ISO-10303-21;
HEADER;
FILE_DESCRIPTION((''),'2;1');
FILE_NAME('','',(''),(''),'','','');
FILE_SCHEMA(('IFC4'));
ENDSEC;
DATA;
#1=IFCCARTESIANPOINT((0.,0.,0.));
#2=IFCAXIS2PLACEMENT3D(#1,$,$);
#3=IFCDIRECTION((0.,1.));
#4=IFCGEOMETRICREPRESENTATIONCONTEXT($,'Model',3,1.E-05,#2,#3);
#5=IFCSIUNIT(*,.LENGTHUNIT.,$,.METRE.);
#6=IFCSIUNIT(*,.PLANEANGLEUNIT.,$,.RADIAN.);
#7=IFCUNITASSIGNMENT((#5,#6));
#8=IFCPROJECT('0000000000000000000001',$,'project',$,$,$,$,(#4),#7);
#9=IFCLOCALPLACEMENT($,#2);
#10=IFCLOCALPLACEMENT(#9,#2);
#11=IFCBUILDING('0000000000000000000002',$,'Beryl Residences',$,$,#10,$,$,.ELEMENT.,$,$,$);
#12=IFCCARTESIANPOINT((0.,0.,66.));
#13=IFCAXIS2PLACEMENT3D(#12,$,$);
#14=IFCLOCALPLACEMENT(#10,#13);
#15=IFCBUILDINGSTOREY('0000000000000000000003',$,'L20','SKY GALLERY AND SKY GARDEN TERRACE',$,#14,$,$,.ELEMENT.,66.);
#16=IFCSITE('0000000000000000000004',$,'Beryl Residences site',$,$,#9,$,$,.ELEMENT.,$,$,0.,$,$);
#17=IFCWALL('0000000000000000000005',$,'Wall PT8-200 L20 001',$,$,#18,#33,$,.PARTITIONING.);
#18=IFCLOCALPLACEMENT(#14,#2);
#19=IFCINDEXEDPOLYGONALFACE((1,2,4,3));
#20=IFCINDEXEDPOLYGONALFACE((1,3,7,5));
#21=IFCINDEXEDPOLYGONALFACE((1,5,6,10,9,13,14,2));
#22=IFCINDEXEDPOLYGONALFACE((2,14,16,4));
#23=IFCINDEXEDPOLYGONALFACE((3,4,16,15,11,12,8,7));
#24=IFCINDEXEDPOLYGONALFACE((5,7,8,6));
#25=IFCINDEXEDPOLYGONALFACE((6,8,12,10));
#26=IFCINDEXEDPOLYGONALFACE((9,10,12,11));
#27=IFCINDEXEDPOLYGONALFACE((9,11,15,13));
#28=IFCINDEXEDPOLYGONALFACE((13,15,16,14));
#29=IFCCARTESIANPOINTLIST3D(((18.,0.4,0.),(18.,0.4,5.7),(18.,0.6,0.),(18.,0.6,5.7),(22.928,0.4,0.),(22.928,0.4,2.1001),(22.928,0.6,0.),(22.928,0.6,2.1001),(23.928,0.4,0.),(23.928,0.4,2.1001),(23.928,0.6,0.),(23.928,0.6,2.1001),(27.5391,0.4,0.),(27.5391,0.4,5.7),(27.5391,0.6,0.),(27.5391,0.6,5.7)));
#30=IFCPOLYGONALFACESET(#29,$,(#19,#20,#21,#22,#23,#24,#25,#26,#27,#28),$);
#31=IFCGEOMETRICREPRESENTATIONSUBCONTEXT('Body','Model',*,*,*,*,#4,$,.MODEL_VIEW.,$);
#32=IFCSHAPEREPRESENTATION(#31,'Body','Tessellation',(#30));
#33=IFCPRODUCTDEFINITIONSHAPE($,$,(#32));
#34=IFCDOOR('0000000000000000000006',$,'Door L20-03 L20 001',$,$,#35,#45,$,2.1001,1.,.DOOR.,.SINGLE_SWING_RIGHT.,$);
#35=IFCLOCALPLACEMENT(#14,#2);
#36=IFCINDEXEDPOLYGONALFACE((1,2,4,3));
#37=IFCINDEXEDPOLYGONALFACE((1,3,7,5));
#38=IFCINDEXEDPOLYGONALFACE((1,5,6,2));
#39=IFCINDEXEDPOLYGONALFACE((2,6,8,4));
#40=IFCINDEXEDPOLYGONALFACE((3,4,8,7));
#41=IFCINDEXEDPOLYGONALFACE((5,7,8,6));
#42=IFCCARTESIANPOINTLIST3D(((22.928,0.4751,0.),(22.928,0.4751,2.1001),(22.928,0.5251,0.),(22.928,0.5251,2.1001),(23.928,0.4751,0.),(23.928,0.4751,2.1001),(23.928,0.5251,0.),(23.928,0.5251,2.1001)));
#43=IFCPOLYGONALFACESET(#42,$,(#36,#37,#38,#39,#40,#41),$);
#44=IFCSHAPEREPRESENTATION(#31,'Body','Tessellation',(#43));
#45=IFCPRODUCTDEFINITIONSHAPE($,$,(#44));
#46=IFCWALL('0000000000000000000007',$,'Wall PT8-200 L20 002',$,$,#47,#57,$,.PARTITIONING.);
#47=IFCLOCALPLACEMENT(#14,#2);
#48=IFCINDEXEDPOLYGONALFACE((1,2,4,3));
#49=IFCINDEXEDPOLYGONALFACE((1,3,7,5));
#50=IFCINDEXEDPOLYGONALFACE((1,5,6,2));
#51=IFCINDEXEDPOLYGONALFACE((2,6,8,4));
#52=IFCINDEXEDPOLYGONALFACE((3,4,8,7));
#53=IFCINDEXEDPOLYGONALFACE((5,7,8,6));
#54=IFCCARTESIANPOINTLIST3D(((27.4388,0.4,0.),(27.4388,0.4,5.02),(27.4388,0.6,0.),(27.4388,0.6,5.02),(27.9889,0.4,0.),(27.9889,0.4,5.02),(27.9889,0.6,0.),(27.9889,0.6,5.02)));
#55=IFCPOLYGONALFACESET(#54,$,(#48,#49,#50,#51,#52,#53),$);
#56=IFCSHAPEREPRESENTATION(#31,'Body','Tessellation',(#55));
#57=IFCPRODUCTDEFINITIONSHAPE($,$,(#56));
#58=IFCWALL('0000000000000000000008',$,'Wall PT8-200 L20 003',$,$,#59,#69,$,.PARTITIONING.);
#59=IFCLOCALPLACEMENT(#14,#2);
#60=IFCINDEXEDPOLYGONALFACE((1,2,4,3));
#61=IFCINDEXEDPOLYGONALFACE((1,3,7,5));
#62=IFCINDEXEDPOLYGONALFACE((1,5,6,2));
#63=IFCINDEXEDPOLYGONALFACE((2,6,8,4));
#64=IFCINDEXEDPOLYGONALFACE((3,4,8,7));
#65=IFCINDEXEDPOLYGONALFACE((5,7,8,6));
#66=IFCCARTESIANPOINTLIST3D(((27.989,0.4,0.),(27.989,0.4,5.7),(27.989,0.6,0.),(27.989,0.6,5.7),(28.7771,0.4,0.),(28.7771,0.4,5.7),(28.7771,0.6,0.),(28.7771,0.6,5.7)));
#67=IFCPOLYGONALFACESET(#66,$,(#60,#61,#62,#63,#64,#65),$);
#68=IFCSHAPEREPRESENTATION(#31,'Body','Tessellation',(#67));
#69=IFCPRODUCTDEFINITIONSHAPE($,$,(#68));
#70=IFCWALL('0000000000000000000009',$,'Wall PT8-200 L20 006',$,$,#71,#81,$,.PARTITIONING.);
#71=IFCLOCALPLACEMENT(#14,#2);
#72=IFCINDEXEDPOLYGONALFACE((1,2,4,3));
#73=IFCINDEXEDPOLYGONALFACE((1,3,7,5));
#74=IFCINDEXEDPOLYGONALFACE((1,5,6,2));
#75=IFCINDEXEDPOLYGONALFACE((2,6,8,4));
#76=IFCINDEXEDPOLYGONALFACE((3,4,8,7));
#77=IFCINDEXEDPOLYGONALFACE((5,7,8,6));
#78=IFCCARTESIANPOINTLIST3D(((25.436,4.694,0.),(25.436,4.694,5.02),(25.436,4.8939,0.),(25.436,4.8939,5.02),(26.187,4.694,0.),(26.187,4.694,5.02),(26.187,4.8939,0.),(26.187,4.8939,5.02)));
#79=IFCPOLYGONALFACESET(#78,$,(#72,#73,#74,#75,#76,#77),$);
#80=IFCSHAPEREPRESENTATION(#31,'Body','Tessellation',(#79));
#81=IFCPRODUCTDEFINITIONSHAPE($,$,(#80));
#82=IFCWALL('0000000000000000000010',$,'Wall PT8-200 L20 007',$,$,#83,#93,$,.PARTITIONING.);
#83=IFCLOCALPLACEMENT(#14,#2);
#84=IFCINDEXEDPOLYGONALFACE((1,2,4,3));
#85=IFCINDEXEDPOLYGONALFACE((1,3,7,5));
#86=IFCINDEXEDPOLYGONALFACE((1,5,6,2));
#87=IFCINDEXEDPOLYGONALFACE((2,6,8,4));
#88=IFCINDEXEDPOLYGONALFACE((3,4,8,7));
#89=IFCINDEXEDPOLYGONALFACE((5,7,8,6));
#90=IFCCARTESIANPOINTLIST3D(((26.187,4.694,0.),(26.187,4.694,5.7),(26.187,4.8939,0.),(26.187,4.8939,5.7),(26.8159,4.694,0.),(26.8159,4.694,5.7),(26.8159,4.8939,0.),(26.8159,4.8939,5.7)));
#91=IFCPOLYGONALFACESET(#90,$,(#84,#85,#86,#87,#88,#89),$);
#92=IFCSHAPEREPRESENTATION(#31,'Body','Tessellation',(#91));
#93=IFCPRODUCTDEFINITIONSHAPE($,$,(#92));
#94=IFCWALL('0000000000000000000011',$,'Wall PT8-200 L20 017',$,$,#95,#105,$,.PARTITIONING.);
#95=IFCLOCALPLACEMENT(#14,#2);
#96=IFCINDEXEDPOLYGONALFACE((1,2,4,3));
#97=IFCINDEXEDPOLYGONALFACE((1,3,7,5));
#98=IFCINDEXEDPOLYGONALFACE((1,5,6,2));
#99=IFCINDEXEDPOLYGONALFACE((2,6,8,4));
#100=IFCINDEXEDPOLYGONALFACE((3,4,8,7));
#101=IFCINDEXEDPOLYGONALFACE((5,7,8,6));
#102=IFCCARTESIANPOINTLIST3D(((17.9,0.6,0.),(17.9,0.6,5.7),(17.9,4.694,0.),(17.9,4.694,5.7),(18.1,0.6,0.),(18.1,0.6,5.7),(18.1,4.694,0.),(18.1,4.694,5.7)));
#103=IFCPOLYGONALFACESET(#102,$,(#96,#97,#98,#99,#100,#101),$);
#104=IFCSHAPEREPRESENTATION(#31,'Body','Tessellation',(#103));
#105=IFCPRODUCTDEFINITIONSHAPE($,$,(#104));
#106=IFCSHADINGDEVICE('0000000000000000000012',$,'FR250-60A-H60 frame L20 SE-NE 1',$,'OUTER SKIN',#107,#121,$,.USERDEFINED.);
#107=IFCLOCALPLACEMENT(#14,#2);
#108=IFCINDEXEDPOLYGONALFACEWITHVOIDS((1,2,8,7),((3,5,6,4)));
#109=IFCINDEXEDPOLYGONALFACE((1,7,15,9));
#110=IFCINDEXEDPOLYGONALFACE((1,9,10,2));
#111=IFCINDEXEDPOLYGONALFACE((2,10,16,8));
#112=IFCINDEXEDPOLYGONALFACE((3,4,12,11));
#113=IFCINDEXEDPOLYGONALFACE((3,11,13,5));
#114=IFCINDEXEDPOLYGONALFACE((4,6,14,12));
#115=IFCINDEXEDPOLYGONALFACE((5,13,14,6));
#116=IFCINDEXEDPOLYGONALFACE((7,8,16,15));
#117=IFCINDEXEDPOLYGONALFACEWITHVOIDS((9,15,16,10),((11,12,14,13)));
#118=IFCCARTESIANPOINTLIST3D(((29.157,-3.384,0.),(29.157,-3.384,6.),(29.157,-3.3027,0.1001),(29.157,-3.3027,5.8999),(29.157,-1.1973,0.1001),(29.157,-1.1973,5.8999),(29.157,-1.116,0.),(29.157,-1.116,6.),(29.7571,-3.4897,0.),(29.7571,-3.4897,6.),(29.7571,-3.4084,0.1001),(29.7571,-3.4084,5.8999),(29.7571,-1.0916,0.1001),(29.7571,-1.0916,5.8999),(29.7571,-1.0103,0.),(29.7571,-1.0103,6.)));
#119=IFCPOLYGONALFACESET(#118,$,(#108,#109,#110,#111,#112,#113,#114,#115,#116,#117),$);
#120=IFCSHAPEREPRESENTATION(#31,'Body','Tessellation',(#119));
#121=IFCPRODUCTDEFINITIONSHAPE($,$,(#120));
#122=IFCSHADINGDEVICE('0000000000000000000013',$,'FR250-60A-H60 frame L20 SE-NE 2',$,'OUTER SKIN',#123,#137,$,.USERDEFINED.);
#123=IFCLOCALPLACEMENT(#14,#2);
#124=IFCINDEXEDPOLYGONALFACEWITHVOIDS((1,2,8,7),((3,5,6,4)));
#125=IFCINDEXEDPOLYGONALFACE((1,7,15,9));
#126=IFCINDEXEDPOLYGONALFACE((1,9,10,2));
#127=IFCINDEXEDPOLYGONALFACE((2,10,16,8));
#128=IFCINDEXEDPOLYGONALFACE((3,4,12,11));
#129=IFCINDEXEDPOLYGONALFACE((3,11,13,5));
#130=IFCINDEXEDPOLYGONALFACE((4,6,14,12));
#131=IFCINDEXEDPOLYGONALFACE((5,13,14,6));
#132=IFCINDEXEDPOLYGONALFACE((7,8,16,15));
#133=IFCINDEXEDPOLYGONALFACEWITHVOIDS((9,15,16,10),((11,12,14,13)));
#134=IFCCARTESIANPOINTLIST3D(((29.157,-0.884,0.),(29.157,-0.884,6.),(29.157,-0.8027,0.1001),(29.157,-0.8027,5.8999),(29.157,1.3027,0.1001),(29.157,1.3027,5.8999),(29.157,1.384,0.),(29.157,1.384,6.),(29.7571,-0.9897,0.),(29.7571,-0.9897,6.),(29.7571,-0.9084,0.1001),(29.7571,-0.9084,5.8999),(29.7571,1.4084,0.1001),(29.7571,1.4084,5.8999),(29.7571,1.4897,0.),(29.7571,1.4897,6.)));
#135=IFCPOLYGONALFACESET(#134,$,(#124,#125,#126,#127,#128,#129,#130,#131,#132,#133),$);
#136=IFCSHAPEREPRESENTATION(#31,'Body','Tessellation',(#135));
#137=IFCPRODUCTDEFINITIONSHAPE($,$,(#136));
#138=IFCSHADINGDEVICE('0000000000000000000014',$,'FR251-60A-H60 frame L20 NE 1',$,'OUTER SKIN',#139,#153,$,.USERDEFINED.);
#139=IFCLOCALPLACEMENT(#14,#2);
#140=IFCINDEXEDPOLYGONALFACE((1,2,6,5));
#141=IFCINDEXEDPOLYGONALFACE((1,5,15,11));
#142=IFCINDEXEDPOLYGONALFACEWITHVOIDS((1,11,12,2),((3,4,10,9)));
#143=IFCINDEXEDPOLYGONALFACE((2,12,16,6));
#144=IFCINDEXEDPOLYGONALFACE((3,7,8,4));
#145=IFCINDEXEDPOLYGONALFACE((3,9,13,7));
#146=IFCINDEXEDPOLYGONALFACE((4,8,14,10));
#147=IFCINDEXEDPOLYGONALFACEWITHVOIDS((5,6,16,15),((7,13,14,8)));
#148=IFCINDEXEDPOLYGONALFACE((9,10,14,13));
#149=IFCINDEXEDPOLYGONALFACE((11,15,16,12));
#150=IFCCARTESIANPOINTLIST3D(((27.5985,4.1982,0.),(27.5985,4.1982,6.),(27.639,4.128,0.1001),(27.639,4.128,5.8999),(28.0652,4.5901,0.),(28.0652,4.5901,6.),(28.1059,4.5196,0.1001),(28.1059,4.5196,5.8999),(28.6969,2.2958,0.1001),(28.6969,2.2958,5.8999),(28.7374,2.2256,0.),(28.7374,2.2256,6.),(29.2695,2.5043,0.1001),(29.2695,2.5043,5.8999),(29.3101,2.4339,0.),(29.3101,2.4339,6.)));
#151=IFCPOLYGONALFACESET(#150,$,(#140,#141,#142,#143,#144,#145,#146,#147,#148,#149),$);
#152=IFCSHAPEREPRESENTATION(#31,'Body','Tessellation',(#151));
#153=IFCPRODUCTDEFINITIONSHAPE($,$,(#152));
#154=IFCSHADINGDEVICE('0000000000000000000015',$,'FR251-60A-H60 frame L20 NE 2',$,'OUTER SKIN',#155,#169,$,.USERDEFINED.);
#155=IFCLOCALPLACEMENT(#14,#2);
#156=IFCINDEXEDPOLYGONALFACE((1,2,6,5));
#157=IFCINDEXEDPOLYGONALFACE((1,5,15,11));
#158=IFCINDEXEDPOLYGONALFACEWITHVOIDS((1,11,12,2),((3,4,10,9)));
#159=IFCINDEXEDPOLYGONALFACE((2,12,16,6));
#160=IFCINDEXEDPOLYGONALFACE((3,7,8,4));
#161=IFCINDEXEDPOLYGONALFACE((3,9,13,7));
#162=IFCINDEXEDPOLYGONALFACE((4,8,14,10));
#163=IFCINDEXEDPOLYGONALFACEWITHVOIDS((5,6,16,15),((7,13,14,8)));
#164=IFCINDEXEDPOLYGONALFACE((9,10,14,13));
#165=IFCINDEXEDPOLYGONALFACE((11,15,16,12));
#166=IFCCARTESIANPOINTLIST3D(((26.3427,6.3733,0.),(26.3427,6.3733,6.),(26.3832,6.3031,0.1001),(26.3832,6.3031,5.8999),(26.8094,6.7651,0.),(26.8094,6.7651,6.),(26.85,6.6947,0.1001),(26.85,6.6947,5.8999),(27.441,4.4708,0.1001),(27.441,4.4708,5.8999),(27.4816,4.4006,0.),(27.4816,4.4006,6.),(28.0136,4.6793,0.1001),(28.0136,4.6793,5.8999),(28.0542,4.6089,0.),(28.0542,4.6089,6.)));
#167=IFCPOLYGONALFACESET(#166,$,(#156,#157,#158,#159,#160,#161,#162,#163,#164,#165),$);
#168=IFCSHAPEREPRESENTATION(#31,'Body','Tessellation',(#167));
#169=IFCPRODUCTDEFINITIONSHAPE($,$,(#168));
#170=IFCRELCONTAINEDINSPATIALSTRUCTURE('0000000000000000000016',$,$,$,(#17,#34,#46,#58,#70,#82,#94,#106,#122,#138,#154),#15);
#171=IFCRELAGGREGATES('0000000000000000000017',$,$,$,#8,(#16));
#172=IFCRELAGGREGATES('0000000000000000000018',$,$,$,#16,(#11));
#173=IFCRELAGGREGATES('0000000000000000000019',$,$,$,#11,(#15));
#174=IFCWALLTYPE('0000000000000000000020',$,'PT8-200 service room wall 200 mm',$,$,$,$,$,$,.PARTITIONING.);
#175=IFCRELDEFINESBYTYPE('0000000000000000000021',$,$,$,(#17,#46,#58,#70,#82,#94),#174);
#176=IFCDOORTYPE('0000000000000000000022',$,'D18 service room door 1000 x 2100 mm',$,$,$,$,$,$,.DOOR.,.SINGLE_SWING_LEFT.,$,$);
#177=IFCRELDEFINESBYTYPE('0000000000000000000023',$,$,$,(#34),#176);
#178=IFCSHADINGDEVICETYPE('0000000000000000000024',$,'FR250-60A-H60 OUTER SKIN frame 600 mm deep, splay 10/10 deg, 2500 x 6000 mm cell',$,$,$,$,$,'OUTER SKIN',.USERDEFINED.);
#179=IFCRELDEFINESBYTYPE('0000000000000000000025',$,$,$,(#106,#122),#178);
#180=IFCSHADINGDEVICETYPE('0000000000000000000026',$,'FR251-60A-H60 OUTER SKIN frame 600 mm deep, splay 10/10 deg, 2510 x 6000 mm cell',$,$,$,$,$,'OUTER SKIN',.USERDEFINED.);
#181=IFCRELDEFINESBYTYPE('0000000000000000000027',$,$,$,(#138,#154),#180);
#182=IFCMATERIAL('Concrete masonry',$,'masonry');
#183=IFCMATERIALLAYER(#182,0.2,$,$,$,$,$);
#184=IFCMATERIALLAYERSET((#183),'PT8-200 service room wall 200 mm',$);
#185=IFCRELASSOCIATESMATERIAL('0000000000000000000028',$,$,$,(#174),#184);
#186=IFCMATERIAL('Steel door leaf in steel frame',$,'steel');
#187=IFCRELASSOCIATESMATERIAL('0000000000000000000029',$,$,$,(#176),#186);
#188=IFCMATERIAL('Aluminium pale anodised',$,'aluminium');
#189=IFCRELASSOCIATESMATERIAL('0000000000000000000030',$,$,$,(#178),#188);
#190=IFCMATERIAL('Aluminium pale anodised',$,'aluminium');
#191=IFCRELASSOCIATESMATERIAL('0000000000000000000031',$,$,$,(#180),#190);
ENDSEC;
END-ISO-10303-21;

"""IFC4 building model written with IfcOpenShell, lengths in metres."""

from ifc_helpers import new_model, entity, si_unit, direction, frame, frame_2d, origin, place, context, subcontext, project, spatial, rectangle, extrude, source, transform, mapped, material, layer, layer_set, type_object, type_shapes, element, fill, save


model = new_model("IFC4")

# Units and contexts
model_context = context("Model", 3, precision=1e-05, world=origin(), true_north=direction((0.0, 1.0)))
body_context = subcontext(model_context, "Body", "Model", "MODEL_VIEW")
ifc_project = project(units=[si_unit("LENGTHUNIT", "METRE"), si_unit("PLANEANGLEUNIT", "RADIAN")], contexts=[model_context])

# Site, building, storey
site_placement = place(None, origin())
site = spatial("IfcSite", under=ifc_project, at=site_placement, Name="Beryl Residences site", CompositionType="ELEMENT", RefElevation=0.0)
building_placement = place(site_placement, origin())
building = spatial("IfcBuilding", under=site, at=building_placement, Name="Beryl Residences", CompositionType="ELEMENT")
storey_placement = place(building_placement, frame((0.0, 0.0, 66.0)))
storey = spatial("IfcBuildingStorey", under=building, at=storey_placement, Name="L20", Description="SKY GALLERY AND SKY GARDEN TERRACE", CompositionType="ELEMENT", Elevation=66.0)

# Wall, opening, door
ifc_material_1 = material(Name="Concrete masonry", Category="masonry")
ifc_layer_1 = layer(ifc_material_1, 0.2)
ifc_layer_set_1 = layer_set([ifc_layer_1], Name="PT8-200 service room wall 200 mm")
wall_type_1 = type_object("IfcWallType", Name="PT8-200 service room wall 200 mm", PredefinedType="PARTITIONING", material=ifc_layer_set_1)
wall_1_placement = place(storey_placement, frame((18.0, 0.5, 0.0), z_axis=(0.0, 0.0, 1.0), x_axis=(1.0, 0.0, 0.0)))
wall_1 = element("IfcWall", 1, at=wall_1_placement, inside=storey, type_object=wall_type_1, Name="Wall PT8-200 L20 001", PredefinedType="PARTITIONING", context=body_context, shape_type="SweptSolid", body=[
    extrude(rectangle(XDim=9.5391, YDim=0.2, at=frame_2d((4.7695, 0.0))), origin(), (0.0, 0.0, 1.0), 5.7),
])
opening_placement = place(wall_1_placement, frame((5.928, 0.0, 0.0), z_axis=(0.0, 0.0, 1.0), x_axis=(-1.0, 0.0, 0.0)))
opening = element("IfcOpeningElement", 2, at=opening_placement, cuts=wall_1, PredefinedType="OPENING", context=body_context, shape_type="SweptSolid", body=[
    extrude(rectangle(XDim=1.0, YDim=2.1001, at=frame_2d((0.5, 1.05))), frame((0.0, 0.1099, 0.0), z_axis=(0.0, -1.0, 0.0), x_axis=(1.0, 0.0, 0.0)), (0.0, 0.0, 1.0), 0.22),
])
ifc_material_2 = material(Name="Steel door leaf in steel frame", Category="steel")
door_type = type_object("IfcDoorType", Name="D18 service room door 1000 x 2100 mm", OperationType="SINGLE_SWING_LEFT", PredefinedType="DOOR", material=ifc_material_2)
door_placement = place(opening_placement, origin())
door = element("IfcDoor", 3, at=door_placement, inside=storey, type_object=door_type, Name="Door L20-03 L20 001", OperationType="SINGLE_SWING_RIGHT", OverallHeight=2.1001, OverallWidth=1.0, PredefinedType="DOOR", context=body_context, shape_type="SweptSolid", body=[
    extrude(rectangle(XDim=1.0, YDim=2.1001, at=frame_2d((0.5, 1.05))), frame((0.0, 0.0249, 0.0), z_axis=(0.0, -1.0, 0.0), x_axis=(1.0, 0.0, 0.0)), (0.0, 0.0, 1.0), 0.05),
])
fill(opening, door)

# Walls
wall_2_placement = place(storey_placement, frame((27.439, 0.5, 0.0), z_axis=(0.0, 0.0, 1.0), x_axis=(1.0, 0.0, 0.0)))
element("IfcWall", 4, at=wall_2_placement, inside=storey, type_object=wall_type_1, Name="Wall PT8-200 L20 002", PredefinedType="PARTITIONING", context=body_context, shape_type="SweptSolid", body=[
    extrude(rectangle(XDim=0.55, YDim=0.2, at=frame_2d((0.2749, 0.0))), origin(), (0.0, 0.0, 1.0), 5.02),
])
wall_3_placement = place(storey_placement, frame((27.989, 0.5, 0.0), z_axis=(0.0, 0.0, 1.0), x_axis=(1.0, 0.0, 0.0)))
element("IfcWall", 5, at=wall_3_placement, inside=storey, type_object=wall_type_1, Name="Wall PT8-200 L20 003", PredefinedType="PARTITIONING", context=body_context, shape_type="SweptSolid", body=[
    extrude(rectangle(XDim=0.7881, YDim=0.2, at=frame_2d((0.394, 0.0))), origin(), (0.0, 0.0, 1.0), 5.7),
])
wall_4_placement = place(storey_placement, frame((25.436, 4.7939, 0.0), z_axis=(0.0, 0.0, 1.0), x_axis=(1.0, 0.0, 0.0)))
element("IfcWall", 6, at=wall_4_placement, inside=storey, type_object=wall_type_1, Name="Wall PT8-200 L20 006", PredefinedType="PARTITIONING", context=body_context, shape_type="SweptSolid", body=[
    extrude(rectangle(XDim=0.751, YDim=0.2, at=frame_2d((0.3755, 0.0))), origin(), (0.0, 0.0, 1.0), 5.02),
])
wall_5_placement = place(storey_placement, frame((26.187, 4.7939, 0.0), z_axis=(0.0, 0.0, 1.0), x_axis=(1.0, 0.0, 0.0)))
element("IfcWall", 7, at=wall_5_placement, inside=storey, type_object=wall_type_1, Name="Wall PT8-200 L20 007", PredefinedType="PARTITIONING", context=body_context, shape_type="SweptSolid", body=[
    extrude(rectangle(XDim=0.6289, YDim=0.2, at=frame_2d((0.3145, 0.0))), origin(), (0.0, 0.0, 1.0), 5.7),
])
wall_6_placement = place(storey_placement, frame((18.0, 0.6001, 0.0), z_axis=(0.0, 0.0, 1.0), x_axis=(0.0, 1.0, 0.0)))
element("IfcWall", 8, at=wall_6_placement, inside=storey, type_object=wall_type_1, Name="Wall PT8-200 L20 017", PredefinedType="PARTITIONING", context=body_context, shape_type="SweptSolid", body=[
    extrude(rectangle(XDim=4.094, YDim=0.2, at=frame_2d((2.0469, 0.0))), origin(), (0.0, 0.0, 1.0), 5.7),
])

# Shading devices
ifc_material_3 = material(Name="Aluminium pale anodised", Category="aluminium")
shading_device_type_1 = type_object("IfcShadingDeviceType", Name="FR250-60A-H60 OUTER SKIN frame 600 mm deep, splay 10/10 deg, 2500 x 6000 mm cell", ElementType="OUTER SKIN", PredefinedType="USERDEFINED", material=ifc_material_3)
cartesian_point_1 = entity("IfcCartesianPoint", [-1.134, 0.0])
cartesian_point_2 = entity("IfcCartesianPoint", [-1.0527, 0.1001])
cartesian_point_3 = entity("IfcCartesianPoint", [-1.2397, 0.0])
cartesian_point_4 = entity("IfcCartesianPoint", [-1.1584, 0.1001])
shared_shape_1 = source(origin(), body_context, "Body", "SweptSolid", [
    entity("IfcExtrudedAreaSolidTapered", entity("IfcArbitraryProfileDefWithVoids", "AREA", None, entity("IfcPolyline", [cartesian_point_1, entity("IfcCartesianPoint", [1.134, 0.0]), entity("IfcCartesianPoint", [1.134, 6.0]), entity("IfcCartesianPoint", [-1.134, 6.0]), cartesian_point_1]), [entity("IfcPolyline", [cartesian_point_2, entity("IfcCartesianPoint", [1.0527, 0.1001]), entity("IfcCartesianPoint", [1.0527, 5.8999]), entity("IfcCartesianPoint", [-1.0527, 5.8999]), cartesian_point_2])]), entity("IfcAxis2Placement3D", entity("IfcCartesianPoint", [0.0, 0.0, 0.0]), entity("IfcDirection", [0.0, 1.0, 0.0]), entity("IfcDirection", [-1.0, 0.0, 0.0])), entity("IfcDirection", [0.0, 0.0, 1.0]), 0.6001, entity("IfcArbitraryProfileDefWithVoids", "AREA", None, entity("IfcPolyline", [cartesian_point_3, entity("IfcCartesianPoint", [1.2397, 0.0]), entity("IfcCartesianPoint", [1.2397, 6.0]), entity("IfcCartesianPoint", [-1.2397, 6.0]), cartesian_point_3]), [entity("IfcPolyline", [cartesian_point_4, entity("IfcCartesianPoint", [1.1584, 0.1001]), entity("IfcCartesianPoint", [1.1584, 5.8999]), entity("IfcCartesianPoint", [-1.1584, 5.8999]), cartesian_point_4])])),
])
type_shapes(shading_device_type_1, [shared_shape_1])
for number, where, z_axis, x_axis, name in (
    (9, (29.157, -2.25, 0.0), (0.0, 0.0, 1.0), (0.0, -1.0, 0.0), "FR250-60A-H60 frame L20 SE-NE 1"),
    (10, (29.157, 0.25, 0.0), (0.0, 0.0, 1.0), (0.0, -1.0, 0.0), "FR250-60A-H60 frame L20 SE-NE 2"),
):
    element("IfcShadingDevice", number, at=place(storey_placement, frame(where, z_axis=z_axis, x_axis=x_axis)), inside=storey, type_object=shading_device_type_1, Name=name, ObjectType="OUTER SKIN", PredefinedType="USERDEFINED", context=body_context, shape_type="MappedRepresentation", body=[
        mapped(shared_shape_1, transform((0.0, 0.0, 0.0))),
    ])
ifc_material_4 = material(Name="Aluminium pale anodised", Category="aluminium")
shading_device_type_2 = type_object("IfcShadingDeviceType", Name="FR251-60A-H60 OUTER SKIN frame 600 mm deep, splay 10/10 deg, 2510 x 6000 mm cell", ElementType="OUTER SKIN", PredefinedType="USERDEFINED", material=ifc_material_4)
cartesian_point_5 = entity("IfcCartesianPoint", [-1.1389, 0.0])
cartesian_point_6 = entity("IfcCartesianPoint", [-1.0579, 0.1001])
cartesian_point_7 = entity("IfcCartesianPoint", [-1.2449, 0.0])
cartesian_point_8 = entity("IfcCartesianPoint", [-1.1636, 0.1001])
shared_shape_2 = source(origin(), body_context, "Body", "SweptSolid", [
    entity("IfcExtrudedAreaSolidTapered", entity("IfcArbitraryProfileDefWithVoids", "AREA", None, entity("IfcPolyline", [cartesian_point_5, entity("IfcCartesianPoint", [1.1389, 0.0]), entity("IfcCartesianPoint", [1.1389, 6.0]), entity("IfcCartesianPoint", [-1.1389, 6.0]), cartesian_point_5]), [entity("IfcPolyline", [cartesian_point_6, entity("IfcCartesianPoint", [1.0579, 0.1001]), entity("IfcCartesianPoint", [1.0579, 5.8999]), entity("IfcCartesianPoint", [-1.0579, 5.8999]), cartesian_point_6])]), entity("IfcAxis2Placement3D", entity("IfcCartesianPoint", [0.0, 0.0, 0.0]), entity("IfcDirection", [0.0, 1.0, 0.0]), entity("IfcDirection", [-1.0, 0.0, 0.0])), entity("IfcDirection", [0.0, 0.0, 1.0]), 0.6001, entity("IfcArbitraryProfileDefWithVoids", "AREA", None, entity("IfcPolyline", [cartesian_point_7, entity("IfcCartesianPoint", [1.2449, 0.0]), entity("IfcCartesianPoint", [1.2449, 6.0]), entity("IfcCartesianPoint", [-1.2449, 6.0]), cartesian_point_7]), [entity("IfcPolyline", [cartesian_point_8, entity("IfcCartesianPoint", [1.1636, 0.1001]), entity("IfcCartesianPoint", [1.1636, 5.8999]), entity("IfcCartesianPoint", [-1.1636, 5.8999]), cartesian_point_8])])),
])
type_shapes(shading_device_type_2, [shared_shape_2])
for number, where, z_axis, x_axis, name in (
    (11, (28.168, 3.2119, 0.0), (0.0, 0.0, 1.0), (0.5, -0.866025, 0.0), "FR251-60A-H60 frame L20 NE 1"),
    (12, (26.9121, 5.387, 0.0), (0.0, 0.0, 1.0), (0.5, -0.866025, 0.0), "FR251-60A-H60 frame L20 NE 2"),
):
    element("IfcShadingDevice", number, at=place(storey_placement, frame(where, z_axis=z_axis, x_axis=x_axis)), inside=storey, type_object=shading_device_type_2, Name=name, ObjectType="OUTER SKIN", PredefinedType="USERDEFINED", context=body_context, shape_type="MappedRepresentation", body=[
        mapped(shared_shape_2, transform((0.0, 0.0, 0.0))),
    ])

save(model, "model.ifc")
